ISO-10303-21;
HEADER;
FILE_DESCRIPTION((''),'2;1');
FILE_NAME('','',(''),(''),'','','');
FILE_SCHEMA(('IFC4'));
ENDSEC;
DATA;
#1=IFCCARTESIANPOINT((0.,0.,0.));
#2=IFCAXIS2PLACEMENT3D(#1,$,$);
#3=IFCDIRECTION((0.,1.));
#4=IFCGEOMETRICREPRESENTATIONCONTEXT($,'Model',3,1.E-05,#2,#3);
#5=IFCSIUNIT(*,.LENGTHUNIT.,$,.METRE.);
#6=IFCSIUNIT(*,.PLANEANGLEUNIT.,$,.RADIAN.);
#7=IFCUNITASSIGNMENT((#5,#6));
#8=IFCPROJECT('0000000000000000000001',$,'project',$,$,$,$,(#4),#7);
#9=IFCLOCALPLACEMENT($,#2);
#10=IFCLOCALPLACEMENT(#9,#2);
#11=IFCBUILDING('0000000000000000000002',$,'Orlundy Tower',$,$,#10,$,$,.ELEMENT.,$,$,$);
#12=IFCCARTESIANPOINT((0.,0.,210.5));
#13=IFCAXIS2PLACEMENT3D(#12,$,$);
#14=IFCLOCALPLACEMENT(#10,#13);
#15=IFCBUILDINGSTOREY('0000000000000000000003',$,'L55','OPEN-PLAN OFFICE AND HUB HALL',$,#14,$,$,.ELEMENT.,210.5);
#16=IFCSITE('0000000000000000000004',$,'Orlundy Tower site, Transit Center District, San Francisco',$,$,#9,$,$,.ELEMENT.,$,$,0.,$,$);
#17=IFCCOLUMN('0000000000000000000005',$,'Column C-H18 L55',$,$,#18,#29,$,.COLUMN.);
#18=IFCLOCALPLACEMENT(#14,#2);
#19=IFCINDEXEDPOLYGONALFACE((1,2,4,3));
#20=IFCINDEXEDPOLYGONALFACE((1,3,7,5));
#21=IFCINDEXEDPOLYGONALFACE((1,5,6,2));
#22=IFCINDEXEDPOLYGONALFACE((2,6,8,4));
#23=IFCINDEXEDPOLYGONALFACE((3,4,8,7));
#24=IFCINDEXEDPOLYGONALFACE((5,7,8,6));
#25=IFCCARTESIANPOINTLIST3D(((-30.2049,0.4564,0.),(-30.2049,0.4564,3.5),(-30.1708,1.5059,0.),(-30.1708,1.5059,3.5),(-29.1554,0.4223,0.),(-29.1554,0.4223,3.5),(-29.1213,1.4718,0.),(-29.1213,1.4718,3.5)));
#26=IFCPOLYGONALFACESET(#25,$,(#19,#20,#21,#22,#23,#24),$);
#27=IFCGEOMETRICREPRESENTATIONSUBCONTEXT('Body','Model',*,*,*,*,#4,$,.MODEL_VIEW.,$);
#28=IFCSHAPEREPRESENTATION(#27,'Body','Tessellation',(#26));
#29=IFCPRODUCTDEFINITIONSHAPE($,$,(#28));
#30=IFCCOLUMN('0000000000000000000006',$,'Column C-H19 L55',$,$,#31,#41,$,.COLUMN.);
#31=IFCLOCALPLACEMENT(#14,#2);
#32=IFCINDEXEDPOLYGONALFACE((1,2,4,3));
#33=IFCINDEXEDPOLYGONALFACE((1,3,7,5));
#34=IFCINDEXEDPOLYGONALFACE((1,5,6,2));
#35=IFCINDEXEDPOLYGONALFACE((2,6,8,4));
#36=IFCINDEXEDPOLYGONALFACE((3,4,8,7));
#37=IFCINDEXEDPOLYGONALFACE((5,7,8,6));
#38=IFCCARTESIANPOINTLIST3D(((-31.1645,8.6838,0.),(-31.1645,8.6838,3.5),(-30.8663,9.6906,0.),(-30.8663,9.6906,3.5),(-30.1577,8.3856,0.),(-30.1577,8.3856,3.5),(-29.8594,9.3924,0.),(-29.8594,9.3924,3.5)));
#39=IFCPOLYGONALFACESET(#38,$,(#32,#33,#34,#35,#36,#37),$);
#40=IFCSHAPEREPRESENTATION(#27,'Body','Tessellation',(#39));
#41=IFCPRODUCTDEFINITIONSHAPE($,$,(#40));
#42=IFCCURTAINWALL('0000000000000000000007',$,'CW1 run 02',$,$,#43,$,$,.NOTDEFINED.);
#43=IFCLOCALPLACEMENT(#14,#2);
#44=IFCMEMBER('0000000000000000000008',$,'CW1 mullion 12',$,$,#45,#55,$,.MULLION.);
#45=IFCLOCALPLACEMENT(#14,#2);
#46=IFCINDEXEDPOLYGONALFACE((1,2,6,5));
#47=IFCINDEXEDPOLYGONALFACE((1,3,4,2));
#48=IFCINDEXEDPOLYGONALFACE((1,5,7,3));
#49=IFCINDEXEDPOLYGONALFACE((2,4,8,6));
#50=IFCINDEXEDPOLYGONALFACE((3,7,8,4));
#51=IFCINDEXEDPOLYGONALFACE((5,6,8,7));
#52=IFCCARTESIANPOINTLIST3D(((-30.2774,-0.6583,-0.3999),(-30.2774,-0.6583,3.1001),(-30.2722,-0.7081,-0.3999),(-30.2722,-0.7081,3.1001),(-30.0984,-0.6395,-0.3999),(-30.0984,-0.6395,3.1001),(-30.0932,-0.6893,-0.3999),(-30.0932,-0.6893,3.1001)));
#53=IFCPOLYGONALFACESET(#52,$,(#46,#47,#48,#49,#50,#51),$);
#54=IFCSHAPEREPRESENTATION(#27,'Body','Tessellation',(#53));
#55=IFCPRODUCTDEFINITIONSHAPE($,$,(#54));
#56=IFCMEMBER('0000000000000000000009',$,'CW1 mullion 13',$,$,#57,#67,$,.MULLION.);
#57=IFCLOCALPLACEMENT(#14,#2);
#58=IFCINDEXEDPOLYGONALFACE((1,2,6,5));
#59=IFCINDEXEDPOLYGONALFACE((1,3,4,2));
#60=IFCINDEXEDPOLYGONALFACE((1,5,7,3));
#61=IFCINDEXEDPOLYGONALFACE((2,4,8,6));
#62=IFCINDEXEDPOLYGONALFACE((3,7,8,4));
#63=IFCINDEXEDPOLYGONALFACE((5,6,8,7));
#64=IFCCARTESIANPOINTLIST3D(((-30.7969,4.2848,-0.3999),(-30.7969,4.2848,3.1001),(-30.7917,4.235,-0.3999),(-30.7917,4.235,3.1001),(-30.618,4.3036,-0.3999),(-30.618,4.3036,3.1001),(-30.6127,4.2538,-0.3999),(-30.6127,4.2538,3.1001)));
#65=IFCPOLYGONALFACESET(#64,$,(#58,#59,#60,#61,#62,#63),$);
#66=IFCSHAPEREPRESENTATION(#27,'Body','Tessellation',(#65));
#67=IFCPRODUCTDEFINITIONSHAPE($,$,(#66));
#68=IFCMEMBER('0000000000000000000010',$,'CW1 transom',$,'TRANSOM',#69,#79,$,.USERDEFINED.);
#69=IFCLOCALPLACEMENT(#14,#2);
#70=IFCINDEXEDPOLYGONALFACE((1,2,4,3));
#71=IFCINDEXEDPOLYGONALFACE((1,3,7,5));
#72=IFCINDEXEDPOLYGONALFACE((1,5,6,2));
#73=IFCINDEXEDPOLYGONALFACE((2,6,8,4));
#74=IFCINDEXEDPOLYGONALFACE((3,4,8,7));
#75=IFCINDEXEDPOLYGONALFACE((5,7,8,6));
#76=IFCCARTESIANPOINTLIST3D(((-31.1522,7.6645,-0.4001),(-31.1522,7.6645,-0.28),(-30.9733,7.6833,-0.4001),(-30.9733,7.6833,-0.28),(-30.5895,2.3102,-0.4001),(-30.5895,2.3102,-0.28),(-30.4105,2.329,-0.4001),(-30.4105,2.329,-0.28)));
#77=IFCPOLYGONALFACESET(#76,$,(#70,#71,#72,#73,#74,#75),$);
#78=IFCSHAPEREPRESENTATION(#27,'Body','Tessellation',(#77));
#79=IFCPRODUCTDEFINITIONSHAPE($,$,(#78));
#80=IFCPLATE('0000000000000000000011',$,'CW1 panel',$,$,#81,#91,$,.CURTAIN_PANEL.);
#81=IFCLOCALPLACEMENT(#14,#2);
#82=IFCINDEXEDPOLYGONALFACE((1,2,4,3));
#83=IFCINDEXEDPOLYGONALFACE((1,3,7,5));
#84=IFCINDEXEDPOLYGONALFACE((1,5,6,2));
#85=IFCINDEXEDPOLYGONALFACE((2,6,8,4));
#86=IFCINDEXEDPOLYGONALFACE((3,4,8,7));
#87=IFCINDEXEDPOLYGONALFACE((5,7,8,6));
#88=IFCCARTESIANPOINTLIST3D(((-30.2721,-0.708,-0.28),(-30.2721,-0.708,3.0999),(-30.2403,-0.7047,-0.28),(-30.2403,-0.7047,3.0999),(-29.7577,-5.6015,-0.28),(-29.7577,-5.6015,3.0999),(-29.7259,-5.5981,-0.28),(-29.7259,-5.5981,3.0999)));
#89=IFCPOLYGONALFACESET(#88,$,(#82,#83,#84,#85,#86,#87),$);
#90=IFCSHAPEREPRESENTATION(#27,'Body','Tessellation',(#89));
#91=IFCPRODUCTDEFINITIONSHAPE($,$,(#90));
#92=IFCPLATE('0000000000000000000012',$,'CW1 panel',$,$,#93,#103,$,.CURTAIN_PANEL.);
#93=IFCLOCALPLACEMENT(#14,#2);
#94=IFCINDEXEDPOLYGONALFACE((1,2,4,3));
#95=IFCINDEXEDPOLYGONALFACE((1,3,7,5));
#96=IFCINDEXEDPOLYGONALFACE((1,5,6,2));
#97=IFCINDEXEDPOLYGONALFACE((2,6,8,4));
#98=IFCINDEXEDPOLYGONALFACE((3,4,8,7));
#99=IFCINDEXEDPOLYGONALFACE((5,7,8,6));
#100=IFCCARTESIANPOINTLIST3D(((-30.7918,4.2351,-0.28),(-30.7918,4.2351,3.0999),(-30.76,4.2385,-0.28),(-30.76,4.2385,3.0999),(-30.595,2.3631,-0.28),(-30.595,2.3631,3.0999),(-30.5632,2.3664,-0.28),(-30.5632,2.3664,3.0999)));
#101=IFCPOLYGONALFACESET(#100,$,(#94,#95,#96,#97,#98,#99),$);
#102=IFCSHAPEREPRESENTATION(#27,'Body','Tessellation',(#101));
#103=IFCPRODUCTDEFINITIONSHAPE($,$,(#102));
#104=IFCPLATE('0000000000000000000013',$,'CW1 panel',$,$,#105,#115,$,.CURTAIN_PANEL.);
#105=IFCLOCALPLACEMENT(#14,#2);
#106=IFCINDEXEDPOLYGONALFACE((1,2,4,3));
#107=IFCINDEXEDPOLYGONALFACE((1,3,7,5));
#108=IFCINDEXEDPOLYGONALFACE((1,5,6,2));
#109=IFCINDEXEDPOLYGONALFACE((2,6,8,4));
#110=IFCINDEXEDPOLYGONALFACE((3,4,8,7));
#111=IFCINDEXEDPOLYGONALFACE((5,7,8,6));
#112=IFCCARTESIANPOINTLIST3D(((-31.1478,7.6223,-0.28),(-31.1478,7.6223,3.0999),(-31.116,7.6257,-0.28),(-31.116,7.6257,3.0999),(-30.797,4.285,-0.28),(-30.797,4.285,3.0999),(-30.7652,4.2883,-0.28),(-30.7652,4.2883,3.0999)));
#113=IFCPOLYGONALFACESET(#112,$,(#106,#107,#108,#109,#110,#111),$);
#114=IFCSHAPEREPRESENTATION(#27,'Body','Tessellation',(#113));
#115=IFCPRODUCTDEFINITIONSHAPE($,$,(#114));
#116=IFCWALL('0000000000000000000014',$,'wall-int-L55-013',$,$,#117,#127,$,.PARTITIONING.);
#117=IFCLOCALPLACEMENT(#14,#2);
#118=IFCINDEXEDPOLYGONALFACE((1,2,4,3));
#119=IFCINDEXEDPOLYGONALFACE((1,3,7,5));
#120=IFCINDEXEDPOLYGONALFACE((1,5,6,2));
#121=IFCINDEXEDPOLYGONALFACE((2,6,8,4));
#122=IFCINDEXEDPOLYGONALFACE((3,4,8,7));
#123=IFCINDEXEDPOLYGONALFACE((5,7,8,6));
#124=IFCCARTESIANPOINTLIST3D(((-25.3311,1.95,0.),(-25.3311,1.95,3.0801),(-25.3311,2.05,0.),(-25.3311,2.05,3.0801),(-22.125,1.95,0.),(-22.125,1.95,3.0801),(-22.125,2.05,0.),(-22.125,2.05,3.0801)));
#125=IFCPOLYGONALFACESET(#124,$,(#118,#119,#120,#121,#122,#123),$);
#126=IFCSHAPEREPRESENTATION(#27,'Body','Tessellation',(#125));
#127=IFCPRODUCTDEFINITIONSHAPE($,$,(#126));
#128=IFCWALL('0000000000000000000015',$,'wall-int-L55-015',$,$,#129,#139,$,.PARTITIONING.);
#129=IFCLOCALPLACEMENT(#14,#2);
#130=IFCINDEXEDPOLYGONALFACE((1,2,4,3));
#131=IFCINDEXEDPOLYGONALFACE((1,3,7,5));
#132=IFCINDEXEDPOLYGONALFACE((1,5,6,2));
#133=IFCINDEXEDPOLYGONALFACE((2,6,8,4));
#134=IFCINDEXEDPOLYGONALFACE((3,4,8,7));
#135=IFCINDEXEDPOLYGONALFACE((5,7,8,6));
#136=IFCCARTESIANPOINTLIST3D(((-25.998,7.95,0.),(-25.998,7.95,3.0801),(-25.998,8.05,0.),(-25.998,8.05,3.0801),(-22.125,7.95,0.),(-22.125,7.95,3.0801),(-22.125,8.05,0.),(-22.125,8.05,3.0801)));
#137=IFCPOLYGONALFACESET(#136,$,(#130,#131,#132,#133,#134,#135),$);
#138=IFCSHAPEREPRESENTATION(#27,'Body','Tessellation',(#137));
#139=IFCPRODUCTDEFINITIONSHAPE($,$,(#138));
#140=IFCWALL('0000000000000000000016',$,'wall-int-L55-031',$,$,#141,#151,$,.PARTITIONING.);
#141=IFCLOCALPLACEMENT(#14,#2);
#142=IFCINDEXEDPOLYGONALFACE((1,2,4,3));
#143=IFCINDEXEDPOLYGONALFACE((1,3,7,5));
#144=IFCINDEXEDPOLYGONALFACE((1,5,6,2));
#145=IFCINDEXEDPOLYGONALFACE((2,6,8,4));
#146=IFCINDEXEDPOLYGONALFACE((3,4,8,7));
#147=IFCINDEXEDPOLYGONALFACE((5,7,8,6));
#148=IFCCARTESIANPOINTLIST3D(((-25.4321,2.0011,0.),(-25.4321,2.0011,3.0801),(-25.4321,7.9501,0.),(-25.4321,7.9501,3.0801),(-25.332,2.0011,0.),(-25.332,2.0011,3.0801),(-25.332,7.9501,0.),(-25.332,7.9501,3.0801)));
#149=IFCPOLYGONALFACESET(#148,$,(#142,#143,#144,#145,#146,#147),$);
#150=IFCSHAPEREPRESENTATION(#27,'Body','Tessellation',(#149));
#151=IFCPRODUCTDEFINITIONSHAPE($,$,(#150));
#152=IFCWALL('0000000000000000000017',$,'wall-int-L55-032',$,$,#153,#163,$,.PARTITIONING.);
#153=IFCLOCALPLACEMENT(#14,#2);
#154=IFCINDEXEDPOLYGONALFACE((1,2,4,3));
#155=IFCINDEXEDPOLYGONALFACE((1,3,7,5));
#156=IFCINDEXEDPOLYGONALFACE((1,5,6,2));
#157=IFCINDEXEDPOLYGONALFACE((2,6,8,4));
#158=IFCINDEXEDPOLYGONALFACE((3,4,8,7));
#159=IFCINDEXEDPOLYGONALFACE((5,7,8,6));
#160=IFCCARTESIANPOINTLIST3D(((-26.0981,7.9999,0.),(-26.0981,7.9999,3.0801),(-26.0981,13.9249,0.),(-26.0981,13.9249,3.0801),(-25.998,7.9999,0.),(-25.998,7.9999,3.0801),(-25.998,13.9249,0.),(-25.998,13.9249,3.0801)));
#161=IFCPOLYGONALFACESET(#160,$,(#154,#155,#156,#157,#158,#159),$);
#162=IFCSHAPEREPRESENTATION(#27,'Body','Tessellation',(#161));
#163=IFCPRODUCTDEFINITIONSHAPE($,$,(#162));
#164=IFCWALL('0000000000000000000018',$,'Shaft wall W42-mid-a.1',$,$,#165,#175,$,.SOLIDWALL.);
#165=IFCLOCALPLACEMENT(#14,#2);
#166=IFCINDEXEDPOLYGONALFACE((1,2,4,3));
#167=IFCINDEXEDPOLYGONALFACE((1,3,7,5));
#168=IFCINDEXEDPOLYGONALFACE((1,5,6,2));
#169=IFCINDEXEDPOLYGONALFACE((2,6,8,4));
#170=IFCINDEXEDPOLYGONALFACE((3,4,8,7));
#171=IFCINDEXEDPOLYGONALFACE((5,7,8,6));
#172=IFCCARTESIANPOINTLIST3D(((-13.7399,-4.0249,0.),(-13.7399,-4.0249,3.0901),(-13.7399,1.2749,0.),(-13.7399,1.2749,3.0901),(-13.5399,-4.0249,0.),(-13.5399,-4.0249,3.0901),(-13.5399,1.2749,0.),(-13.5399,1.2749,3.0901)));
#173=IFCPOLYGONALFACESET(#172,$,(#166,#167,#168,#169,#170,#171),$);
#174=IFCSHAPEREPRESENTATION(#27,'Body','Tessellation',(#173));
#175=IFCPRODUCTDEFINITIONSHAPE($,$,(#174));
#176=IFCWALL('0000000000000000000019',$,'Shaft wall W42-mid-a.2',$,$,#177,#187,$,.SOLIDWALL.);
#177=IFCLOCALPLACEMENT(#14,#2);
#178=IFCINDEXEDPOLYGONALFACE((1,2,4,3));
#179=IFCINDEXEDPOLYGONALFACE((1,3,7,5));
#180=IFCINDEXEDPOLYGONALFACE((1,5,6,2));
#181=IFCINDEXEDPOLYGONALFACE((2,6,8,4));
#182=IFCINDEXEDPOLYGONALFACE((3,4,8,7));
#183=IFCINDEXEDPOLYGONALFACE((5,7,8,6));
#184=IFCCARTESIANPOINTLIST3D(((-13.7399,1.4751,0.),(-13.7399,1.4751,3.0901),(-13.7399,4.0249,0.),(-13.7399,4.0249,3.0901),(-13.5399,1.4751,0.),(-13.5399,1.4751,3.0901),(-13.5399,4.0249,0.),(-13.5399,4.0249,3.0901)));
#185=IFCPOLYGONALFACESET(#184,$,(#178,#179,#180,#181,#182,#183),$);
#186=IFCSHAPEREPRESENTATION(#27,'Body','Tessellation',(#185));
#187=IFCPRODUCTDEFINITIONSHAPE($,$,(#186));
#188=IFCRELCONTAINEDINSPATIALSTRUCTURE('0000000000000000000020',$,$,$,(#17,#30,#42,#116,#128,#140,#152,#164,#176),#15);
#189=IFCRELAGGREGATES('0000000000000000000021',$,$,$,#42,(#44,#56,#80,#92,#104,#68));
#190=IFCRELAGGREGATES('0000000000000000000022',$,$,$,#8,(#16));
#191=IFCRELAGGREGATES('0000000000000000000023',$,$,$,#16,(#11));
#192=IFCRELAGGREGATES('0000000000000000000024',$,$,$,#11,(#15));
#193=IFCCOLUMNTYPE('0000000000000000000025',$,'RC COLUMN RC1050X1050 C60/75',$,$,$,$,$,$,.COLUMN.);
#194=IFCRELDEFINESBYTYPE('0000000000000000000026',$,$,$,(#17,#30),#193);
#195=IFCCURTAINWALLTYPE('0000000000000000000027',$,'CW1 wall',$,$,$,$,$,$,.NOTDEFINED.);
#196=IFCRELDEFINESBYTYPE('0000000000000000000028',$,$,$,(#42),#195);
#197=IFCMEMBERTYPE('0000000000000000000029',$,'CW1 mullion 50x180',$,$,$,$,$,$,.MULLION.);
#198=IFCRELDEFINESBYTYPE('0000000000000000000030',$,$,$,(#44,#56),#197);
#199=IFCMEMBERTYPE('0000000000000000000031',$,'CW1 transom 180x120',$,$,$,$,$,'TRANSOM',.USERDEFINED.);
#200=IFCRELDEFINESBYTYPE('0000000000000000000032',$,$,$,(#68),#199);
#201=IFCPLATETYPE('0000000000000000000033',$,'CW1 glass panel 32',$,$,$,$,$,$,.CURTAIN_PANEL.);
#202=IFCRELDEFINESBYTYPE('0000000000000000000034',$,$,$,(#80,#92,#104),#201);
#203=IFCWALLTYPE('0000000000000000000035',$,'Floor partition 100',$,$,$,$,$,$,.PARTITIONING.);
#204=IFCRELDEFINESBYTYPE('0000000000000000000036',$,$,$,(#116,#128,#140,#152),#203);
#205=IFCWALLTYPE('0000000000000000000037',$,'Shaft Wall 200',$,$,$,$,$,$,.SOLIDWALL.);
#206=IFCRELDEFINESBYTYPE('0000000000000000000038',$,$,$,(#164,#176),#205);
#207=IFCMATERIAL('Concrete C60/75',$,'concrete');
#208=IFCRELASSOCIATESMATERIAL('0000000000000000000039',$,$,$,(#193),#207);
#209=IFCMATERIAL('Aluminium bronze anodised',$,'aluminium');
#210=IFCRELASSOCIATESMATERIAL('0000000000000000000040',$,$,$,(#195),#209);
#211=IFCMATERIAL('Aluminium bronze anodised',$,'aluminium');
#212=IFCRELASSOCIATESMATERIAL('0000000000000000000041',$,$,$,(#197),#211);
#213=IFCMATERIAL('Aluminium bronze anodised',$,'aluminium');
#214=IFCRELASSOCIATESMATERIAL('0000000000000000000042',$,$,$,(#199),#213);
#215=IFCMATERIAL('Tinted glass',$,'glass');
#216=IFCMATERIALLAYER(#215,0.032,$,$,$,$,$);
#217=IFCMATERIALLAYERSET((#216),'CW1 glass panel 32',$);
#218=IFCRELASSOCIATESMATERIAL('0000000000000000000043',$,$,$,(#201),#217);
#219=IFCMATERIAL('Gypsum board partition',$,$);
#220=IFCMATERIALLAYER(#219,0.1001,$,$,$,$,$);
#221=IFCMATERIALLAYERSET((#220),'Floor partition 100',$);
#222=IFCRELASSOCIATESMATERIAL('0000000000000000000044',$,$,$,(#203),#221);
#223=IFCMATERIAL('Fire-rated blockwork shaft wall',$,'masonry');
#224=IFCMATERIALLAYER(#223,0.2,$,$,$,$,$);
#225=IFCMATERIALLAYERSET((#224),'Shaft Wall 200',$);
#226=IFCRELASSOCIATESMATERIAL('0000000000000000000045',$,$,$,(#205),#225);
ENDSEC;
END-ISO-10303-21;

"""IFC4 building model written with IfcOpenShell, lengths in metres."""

from ifc_helpers import new_model, si_unit, direction, frame, frame_2d, origin, origin_2d, place, context, subcontext, project, spatial, rectangle, extrude, material, layer, layer_set, material_profile, profile_set, type_object, element, aggregate, save


model = new_model("IFC4")

# Units and contexts
model_context = context("Model", 3, precision=1e-05, world=origin(), true_north=direction((0.0, 1.0)))
body_context = subcontext(model_context, "Body", "Model", "MODEL_VIEW")
ifc_project = project(units=[si_unit("LENGTHUNIT", "METRE"), si_unit("PLANEANGLEUNIT", "RADIAN")], contexts=[model_context])

# Site, building, storey
site_placement = place(None, origin())
site = spatial("IfcSite", under=ifc_project, at=site_placement, Name="Orlundy Tower site, Transit Center District, San Francisco", CompositionType="ELEMENT", RefElevation=0.0)
building_placement = place(site_placement, origin())
building = spatial("IfcBuilding", under=site, at=building_placement, Name="Orlundy Tower", CompositionType="ELEMENT")
storey_placement = place(building_placement, frame((0.0, 0.0, 210.5)))
storey = spatial("IfcBuildingStorey", under=building, at=storey_placement, Name="L55", Description="OPEN-PLAN OFFICE AND HUB HALL", CompositionType="ELEMENT", Elevation=210.5)

# Columns
ifc_material_1 = material(Name="Concrete C60/75", Category="concrete")
ifc_material_profile_1 = material_profile(ifc_material_1, rectangle(XDim=1.05, YDim=1.05, at=origin_2d()), Name="RC1050X1050")
ifc_profile_set_1 = profile_set([ifc_material_profile_1], Name="Concrete C60/75")
column_type = type_object("IfcColumnType", Name="RC COLUMN RC1050X1050 C60/75", PredefinedType="COLUMN", material=ifc_profile_set_1)
for number, where, z_axis, x_axis, name in (
    (1, (-29.6631, 0.9641, 0.0), (0.0, 0.0, 1.0), (-0.999473, 0.032475, 0.0), "Column C-H18 L55"),
    (2, (-30.512, 9.0381, 0.0), (0.0, 0.0, 1.0), (-0.95882, 0.284015, 0.0), "Column C-H19 L55"),
):
    element("IfcColumn", number, at=place(storey_placement, frame(where, z_axis=z_axis, x_axis=x_axis)), inside=storey, type_object=column_type, Name=name, PredefinedType="COLUMN", context=body_context, shape_type="SweptSolid", body=[
        extrude(rectangle(XDim=1.05, YDim=1.05, at=origin_2d()), origin(), (0.0, 0.0, 1.0), 3.5),
    ])

# Curtain wall, members, plates
ifc_material_2 = material(Name="Aluminium bronze anodised", Category="aluminium")
curtain_wall_type = type_object("IfcCurtainWallType", Name="CW1 wall", PredefinedType="NOTDEFINED", material=ifc_material_2)
curtain_wall_placement = place(storey_placement, origin())
curtain_wall = element("IfcCurtainWall", 3, at=curtain_wall_placement, inside=storey, type_object=curtain_wall_type, Name="CW1 run 02", PredefinedType="NOTDEFINED")
ifc_material_3 = material(Name="Aluminium bronze anodised", Category="aluminium")
ifc_material_profile_2 = material_profile(ifc_material_3, rectangle(XDim=0.1799, YDim=0.05, at=origin_2d()), Name="CW1 mullion 50x180")
ifc_profile_set_2 = profile_set([ifc_material_profile_2], Name="Aluminium bronze anodised")
member_type_1 = type_object("IfcMemberType", Name="CW1 mullion 50x180", PredefinedType="MULLION", material=ifc_profile_set_2)
member_1_placement = place(storey_placement, frame((-30.1853, -0.6738, -0.3999), z_axis=(0.0, 0.0, 1.0), x_axis=(-0.994521, -0.104538, 0.0)))
member_1 = element("IfcMember", 4, at=member_1_placement, type_object=member_type_1, Name="CW1 mullion 12", PredefinedType="MULLION", context=body_context, shape_type="SweptSolid", body=[
    extrude(rectangle(XDim=0.1799, YDim=0.05, at=origin_2d()), origin(), (0.0, 0.0, 1.0), 3.5),
])
member_2_placement = place(storey_placement, frame((-30.7048, 4.2693, -0.3999), z_axis=(0.0, 0.0, 1.0), x_axis=(-0.994521, -0.104538, 0.0)))
member_2 = element("IfcMember", 5, at=member_2_placement, type_object=member_type_1, Name="CW1 mullion 13", PredefinedType="MULLION", context=body_context, shape_type="SweptSolid", body=[
    extrude(rectangle(XDim=0.1799, YDim=0.05, at=origin_2d()), origin(), (0.0, 0.0, 1.0), 3.5),
])
ifc_material_4 = material(Name="Aluminium bronze anodised", Category="aluminium")
ifc_material_profile_3 = material_profile(ifc_material_4, rectangle(XDim=0.1799, YDim=0.1201, at=origin_2d()), Name="CW1 transom 180x120")
ifc_profile_set_3 = profile_set([ifc_material_profile_3], Name="Aluminium bronze anodised")
member_type_2 = type_object("IfcMemberType", Name="CW1 transom 180x120", ElementType="TRANSOM", PredefinedType="USERDEFINED", material=ifc_profile_set_3)
member_3_placement = place(storey_placement, frame((-30.5, 2.3196, -0.3401), z_axis=(-0.104527, 0.994522, 0.0), x_axis=(-0.994522, -0.104527, 0.0)))
member_3 = element("IfcMember", 6, at=member_3_placement, type_object=member_type_2, Name="CW1 transom", ObjectType="TRANSOM", PredefinedType="USERDEFINED", context=body_context, shape_type="SweptSolid", body=[
    extrude(rectangle(XDim=0.1799, YDim=0.1201, at=origin_2d()), origin(), (0.0, 0.0, 1.0), 5.3838),
])
ifc_material_5 = material(Name="Tinted glass", Category="glass")
ifc_layer_1 = layer(ifc_material_5, 0.032)
ifc_layer_set_1 = layer_set([ifc_layer_1], Name="CW1 glass panel 32")
plate_type = type_object("IfcPlateType", Name="CW1 glass panel 32", PredefinedType="CURTAIN_PANEL", material=ifc_layer_set_1)
plate_1_placement = place(storey_placement, frame((-29.999, -3.1531, -0.28), z_axis=(0.0, 0.0, 1.0), x_axis=(-0.104538, 0.994521, 0.0)))
plate_1 = element("IfcPlate", 7, at=plate_1_placement, type_object=plate_type, Name="CW1 panel", PredefinedType="CURTAIN_PANEL", context=body_context, shape_type="SweptSolid", body=[
    extrude(rectangle(XDim=4.9204, YDim=0.032, at=origin_2d()), origin(), (0.0, 0.0, 1.0), 3.3799),
])
plate_2_placement = place(storey_placement, frame((-30.6775, 3.3008, -0.28), z_axis=(0.0, 0.0, 1.0), x_axis=(-0.104538, 0.994521, 0.0)))
plate_2 = element("IfcPlate", 8, at=plate_2_placement, type_object=plate_type, Name="CW1 panel", PredefinedType="CURTAIN_PANEL", context=body_context, shape_type="SweptSolid", body=[
    extrude(rectangle(XDim=1.8823, YDim=0.032, at=origin_2d()), origin(), (0.0, 0.0, 1.0), 3.3799),
])
plate_3_placement = place(storey_placement, frame((-30.9565, 5.9553, -0.28), z_axis=(0.0, 0.0, 1.0), x_axis=(-0.104538, 0.994521, 0.0)))
plate_3 = element("IfcPlate", 9, at=plate_3_placement, type_object=plate_type, Name="CW1 panel", PredefinedType="CURTAIN_PANEL", context=body_context, shape_type="SweptSolid", body=[
    extrude(rectangle(XDim=3.3557, YDim=0.032, at=origin_2d()), origin(), (0.0, 0.0, 1.0), 3.3799),
])
aggregate(curtain_wall, [member_1, member_2, plate_1, plate_2, plate_3, member_3])

# Walls
ifc_material_6 = material(Name="Gypsum board partition")
ifc_layer_2 = layer(ifc_material_6, 0.1001)
ifc_layer_set_2 = layer_set([ifc_layer_2], Name="Floor partition 100")
wall_type_1 = type_object("IfcWallType", Name="Floor partition 100", PredefinedType="PARTITIONING", material=ifc_layer_set_2)
wall_1_placement = place(storey_placement, frame((-25.3311, 2.0, 0.0), z_axis=(0.0, 0.0, 1.0), x_axis=(1.0, 0.0, 0.0)))
element("IfcWall", 10, at=wall_1_placement, inside=storey, type_object=wall_type_1, Name="wall-int-L55-013", PredefinedType="PARTITIONING", context=body_context, shape_type="SweptSolid", body=[
    extrude(rectangle(XDim=3.2061, YDim=0.1001, at=frame_2d((1.603, 0.0))), origin(), (0.0, 0.0, 1.0), 3.0801),
])
wall_2_placement = place(storey_placement, frame((-25.998, 8.0, 0.0), z_axis=(0.0, 0.0, 1.0), x_axis=(1.0, 0.0, 0.0)))
element("IfcWall", 11, at=wall_2_placement, inside=storey, type_object=wall_type_1, Name="wall-int-L55-015", PredefinedType="PARTITIONING", context=body_context, shape_type="SweptSolid", body=[
    extrude(rectangle(XDim=3.873, YDim=0.1001, at=frame_2d((1.9365, 0.0))), origin(), (0.0, 0.0, 1.0), 3.0801),
])
wall_3_placement = place(storey_placement, frame((-25.3821, 2.001, 0.0), z_axis=(0.0, 0.0, 1.0), x_axis=(0.0, 1.0, 0.0)))
element("IfcWall", 12, at=wall_3_placement, inside=storey, type_object=wall_type_1, Name="wall-int-L55-031", PredefinedType="PARTITIONING", context=body_context, shape_type="SweptSolid", body=[
    extrude(rectangle(XDim=5.949, YDim=0.1001, at=frame_2d((2.9746, 0.0))), origin(), (0.0, 0.0, 1.0), 3.0801),
])
wall_4_placement = place(storey_placement, frame((-26.0481, 8.0, 0.0), z_axis=(0.0, 0.0, 1.0), x_axis=(0.0, 1.0, 0.0)))
element("IfcWall", 13, at=wall_4_placement, inside=storey, type_object=wall_type_1, Name="wall-int-L55-032", PredefinedType="PARTITIONING", context=body_context, shape_type="SweptSolid", body=[
    extrude(rectangle(XDim=5.925, YDim=0.1001, at=frame_2d((2.9624, 0.0))), origin(), (0.0, 0.0, 1.0), 3.0801),
])
ifc_material_7 = material(Name="Fire-rated blockwork shaft wall", Category="masonry")
ifc_layer_3 = layer(ifc_material_7, 0.2)
ifc_layer_set_3 = layer_set([ifc_layer_3], Name="Shaft Wall 200")
wall_type_2 = type_object("IfcWallType", Name="Shaft Wall 200", PredefinedType="SOLIDWALL", material=ifc_layer_set_3)
wall_5_placement = place(storey_placement, frame((-13.6399, -4.0249, 0.0), z_axis=(0.0, 0.0, 1.0), x_axis=(0.0, 1.0, 0.0)))
element("IfcWall", 14, at=wall_5_placement, inside=storey, type_object=wall_type_2, Name="Shaft wall W42-mid-a.1", PredefinedType="SOLIDWALL", context=body_context, shape_type="SweptSolid", body=[
    extrude(rectangle(XDim=5.2998, YDim=0.2, at=frame_2d((2.6499, 0.0))), origin(), (0.0, 0.0, 1.0), 3.0901),
])
wall_6_placement = place(storey_placement, frame((-13.6399, 1.4751, 0.0), z_axis=(0.0, 0.0, 1.0), x_axis=(0.0, 1.0, 0.0)))
element("IfcWall", 15, at=wall_6_placement, inside=storey, type_object=wall_type_2, Name="Shaft wall W42-mid-a.2", PredefinedType="SOLIDWALL", context=body_context, shape_type="SweptSolid", body=[
    extrude(rectangle(XDim=2.5498, YDim=0.2, at=frame_2d((1.2749, 0.0))), origin(), (0.0, 0.0, 1.0), 3.0901),
])

save(model, "model.ifc")
